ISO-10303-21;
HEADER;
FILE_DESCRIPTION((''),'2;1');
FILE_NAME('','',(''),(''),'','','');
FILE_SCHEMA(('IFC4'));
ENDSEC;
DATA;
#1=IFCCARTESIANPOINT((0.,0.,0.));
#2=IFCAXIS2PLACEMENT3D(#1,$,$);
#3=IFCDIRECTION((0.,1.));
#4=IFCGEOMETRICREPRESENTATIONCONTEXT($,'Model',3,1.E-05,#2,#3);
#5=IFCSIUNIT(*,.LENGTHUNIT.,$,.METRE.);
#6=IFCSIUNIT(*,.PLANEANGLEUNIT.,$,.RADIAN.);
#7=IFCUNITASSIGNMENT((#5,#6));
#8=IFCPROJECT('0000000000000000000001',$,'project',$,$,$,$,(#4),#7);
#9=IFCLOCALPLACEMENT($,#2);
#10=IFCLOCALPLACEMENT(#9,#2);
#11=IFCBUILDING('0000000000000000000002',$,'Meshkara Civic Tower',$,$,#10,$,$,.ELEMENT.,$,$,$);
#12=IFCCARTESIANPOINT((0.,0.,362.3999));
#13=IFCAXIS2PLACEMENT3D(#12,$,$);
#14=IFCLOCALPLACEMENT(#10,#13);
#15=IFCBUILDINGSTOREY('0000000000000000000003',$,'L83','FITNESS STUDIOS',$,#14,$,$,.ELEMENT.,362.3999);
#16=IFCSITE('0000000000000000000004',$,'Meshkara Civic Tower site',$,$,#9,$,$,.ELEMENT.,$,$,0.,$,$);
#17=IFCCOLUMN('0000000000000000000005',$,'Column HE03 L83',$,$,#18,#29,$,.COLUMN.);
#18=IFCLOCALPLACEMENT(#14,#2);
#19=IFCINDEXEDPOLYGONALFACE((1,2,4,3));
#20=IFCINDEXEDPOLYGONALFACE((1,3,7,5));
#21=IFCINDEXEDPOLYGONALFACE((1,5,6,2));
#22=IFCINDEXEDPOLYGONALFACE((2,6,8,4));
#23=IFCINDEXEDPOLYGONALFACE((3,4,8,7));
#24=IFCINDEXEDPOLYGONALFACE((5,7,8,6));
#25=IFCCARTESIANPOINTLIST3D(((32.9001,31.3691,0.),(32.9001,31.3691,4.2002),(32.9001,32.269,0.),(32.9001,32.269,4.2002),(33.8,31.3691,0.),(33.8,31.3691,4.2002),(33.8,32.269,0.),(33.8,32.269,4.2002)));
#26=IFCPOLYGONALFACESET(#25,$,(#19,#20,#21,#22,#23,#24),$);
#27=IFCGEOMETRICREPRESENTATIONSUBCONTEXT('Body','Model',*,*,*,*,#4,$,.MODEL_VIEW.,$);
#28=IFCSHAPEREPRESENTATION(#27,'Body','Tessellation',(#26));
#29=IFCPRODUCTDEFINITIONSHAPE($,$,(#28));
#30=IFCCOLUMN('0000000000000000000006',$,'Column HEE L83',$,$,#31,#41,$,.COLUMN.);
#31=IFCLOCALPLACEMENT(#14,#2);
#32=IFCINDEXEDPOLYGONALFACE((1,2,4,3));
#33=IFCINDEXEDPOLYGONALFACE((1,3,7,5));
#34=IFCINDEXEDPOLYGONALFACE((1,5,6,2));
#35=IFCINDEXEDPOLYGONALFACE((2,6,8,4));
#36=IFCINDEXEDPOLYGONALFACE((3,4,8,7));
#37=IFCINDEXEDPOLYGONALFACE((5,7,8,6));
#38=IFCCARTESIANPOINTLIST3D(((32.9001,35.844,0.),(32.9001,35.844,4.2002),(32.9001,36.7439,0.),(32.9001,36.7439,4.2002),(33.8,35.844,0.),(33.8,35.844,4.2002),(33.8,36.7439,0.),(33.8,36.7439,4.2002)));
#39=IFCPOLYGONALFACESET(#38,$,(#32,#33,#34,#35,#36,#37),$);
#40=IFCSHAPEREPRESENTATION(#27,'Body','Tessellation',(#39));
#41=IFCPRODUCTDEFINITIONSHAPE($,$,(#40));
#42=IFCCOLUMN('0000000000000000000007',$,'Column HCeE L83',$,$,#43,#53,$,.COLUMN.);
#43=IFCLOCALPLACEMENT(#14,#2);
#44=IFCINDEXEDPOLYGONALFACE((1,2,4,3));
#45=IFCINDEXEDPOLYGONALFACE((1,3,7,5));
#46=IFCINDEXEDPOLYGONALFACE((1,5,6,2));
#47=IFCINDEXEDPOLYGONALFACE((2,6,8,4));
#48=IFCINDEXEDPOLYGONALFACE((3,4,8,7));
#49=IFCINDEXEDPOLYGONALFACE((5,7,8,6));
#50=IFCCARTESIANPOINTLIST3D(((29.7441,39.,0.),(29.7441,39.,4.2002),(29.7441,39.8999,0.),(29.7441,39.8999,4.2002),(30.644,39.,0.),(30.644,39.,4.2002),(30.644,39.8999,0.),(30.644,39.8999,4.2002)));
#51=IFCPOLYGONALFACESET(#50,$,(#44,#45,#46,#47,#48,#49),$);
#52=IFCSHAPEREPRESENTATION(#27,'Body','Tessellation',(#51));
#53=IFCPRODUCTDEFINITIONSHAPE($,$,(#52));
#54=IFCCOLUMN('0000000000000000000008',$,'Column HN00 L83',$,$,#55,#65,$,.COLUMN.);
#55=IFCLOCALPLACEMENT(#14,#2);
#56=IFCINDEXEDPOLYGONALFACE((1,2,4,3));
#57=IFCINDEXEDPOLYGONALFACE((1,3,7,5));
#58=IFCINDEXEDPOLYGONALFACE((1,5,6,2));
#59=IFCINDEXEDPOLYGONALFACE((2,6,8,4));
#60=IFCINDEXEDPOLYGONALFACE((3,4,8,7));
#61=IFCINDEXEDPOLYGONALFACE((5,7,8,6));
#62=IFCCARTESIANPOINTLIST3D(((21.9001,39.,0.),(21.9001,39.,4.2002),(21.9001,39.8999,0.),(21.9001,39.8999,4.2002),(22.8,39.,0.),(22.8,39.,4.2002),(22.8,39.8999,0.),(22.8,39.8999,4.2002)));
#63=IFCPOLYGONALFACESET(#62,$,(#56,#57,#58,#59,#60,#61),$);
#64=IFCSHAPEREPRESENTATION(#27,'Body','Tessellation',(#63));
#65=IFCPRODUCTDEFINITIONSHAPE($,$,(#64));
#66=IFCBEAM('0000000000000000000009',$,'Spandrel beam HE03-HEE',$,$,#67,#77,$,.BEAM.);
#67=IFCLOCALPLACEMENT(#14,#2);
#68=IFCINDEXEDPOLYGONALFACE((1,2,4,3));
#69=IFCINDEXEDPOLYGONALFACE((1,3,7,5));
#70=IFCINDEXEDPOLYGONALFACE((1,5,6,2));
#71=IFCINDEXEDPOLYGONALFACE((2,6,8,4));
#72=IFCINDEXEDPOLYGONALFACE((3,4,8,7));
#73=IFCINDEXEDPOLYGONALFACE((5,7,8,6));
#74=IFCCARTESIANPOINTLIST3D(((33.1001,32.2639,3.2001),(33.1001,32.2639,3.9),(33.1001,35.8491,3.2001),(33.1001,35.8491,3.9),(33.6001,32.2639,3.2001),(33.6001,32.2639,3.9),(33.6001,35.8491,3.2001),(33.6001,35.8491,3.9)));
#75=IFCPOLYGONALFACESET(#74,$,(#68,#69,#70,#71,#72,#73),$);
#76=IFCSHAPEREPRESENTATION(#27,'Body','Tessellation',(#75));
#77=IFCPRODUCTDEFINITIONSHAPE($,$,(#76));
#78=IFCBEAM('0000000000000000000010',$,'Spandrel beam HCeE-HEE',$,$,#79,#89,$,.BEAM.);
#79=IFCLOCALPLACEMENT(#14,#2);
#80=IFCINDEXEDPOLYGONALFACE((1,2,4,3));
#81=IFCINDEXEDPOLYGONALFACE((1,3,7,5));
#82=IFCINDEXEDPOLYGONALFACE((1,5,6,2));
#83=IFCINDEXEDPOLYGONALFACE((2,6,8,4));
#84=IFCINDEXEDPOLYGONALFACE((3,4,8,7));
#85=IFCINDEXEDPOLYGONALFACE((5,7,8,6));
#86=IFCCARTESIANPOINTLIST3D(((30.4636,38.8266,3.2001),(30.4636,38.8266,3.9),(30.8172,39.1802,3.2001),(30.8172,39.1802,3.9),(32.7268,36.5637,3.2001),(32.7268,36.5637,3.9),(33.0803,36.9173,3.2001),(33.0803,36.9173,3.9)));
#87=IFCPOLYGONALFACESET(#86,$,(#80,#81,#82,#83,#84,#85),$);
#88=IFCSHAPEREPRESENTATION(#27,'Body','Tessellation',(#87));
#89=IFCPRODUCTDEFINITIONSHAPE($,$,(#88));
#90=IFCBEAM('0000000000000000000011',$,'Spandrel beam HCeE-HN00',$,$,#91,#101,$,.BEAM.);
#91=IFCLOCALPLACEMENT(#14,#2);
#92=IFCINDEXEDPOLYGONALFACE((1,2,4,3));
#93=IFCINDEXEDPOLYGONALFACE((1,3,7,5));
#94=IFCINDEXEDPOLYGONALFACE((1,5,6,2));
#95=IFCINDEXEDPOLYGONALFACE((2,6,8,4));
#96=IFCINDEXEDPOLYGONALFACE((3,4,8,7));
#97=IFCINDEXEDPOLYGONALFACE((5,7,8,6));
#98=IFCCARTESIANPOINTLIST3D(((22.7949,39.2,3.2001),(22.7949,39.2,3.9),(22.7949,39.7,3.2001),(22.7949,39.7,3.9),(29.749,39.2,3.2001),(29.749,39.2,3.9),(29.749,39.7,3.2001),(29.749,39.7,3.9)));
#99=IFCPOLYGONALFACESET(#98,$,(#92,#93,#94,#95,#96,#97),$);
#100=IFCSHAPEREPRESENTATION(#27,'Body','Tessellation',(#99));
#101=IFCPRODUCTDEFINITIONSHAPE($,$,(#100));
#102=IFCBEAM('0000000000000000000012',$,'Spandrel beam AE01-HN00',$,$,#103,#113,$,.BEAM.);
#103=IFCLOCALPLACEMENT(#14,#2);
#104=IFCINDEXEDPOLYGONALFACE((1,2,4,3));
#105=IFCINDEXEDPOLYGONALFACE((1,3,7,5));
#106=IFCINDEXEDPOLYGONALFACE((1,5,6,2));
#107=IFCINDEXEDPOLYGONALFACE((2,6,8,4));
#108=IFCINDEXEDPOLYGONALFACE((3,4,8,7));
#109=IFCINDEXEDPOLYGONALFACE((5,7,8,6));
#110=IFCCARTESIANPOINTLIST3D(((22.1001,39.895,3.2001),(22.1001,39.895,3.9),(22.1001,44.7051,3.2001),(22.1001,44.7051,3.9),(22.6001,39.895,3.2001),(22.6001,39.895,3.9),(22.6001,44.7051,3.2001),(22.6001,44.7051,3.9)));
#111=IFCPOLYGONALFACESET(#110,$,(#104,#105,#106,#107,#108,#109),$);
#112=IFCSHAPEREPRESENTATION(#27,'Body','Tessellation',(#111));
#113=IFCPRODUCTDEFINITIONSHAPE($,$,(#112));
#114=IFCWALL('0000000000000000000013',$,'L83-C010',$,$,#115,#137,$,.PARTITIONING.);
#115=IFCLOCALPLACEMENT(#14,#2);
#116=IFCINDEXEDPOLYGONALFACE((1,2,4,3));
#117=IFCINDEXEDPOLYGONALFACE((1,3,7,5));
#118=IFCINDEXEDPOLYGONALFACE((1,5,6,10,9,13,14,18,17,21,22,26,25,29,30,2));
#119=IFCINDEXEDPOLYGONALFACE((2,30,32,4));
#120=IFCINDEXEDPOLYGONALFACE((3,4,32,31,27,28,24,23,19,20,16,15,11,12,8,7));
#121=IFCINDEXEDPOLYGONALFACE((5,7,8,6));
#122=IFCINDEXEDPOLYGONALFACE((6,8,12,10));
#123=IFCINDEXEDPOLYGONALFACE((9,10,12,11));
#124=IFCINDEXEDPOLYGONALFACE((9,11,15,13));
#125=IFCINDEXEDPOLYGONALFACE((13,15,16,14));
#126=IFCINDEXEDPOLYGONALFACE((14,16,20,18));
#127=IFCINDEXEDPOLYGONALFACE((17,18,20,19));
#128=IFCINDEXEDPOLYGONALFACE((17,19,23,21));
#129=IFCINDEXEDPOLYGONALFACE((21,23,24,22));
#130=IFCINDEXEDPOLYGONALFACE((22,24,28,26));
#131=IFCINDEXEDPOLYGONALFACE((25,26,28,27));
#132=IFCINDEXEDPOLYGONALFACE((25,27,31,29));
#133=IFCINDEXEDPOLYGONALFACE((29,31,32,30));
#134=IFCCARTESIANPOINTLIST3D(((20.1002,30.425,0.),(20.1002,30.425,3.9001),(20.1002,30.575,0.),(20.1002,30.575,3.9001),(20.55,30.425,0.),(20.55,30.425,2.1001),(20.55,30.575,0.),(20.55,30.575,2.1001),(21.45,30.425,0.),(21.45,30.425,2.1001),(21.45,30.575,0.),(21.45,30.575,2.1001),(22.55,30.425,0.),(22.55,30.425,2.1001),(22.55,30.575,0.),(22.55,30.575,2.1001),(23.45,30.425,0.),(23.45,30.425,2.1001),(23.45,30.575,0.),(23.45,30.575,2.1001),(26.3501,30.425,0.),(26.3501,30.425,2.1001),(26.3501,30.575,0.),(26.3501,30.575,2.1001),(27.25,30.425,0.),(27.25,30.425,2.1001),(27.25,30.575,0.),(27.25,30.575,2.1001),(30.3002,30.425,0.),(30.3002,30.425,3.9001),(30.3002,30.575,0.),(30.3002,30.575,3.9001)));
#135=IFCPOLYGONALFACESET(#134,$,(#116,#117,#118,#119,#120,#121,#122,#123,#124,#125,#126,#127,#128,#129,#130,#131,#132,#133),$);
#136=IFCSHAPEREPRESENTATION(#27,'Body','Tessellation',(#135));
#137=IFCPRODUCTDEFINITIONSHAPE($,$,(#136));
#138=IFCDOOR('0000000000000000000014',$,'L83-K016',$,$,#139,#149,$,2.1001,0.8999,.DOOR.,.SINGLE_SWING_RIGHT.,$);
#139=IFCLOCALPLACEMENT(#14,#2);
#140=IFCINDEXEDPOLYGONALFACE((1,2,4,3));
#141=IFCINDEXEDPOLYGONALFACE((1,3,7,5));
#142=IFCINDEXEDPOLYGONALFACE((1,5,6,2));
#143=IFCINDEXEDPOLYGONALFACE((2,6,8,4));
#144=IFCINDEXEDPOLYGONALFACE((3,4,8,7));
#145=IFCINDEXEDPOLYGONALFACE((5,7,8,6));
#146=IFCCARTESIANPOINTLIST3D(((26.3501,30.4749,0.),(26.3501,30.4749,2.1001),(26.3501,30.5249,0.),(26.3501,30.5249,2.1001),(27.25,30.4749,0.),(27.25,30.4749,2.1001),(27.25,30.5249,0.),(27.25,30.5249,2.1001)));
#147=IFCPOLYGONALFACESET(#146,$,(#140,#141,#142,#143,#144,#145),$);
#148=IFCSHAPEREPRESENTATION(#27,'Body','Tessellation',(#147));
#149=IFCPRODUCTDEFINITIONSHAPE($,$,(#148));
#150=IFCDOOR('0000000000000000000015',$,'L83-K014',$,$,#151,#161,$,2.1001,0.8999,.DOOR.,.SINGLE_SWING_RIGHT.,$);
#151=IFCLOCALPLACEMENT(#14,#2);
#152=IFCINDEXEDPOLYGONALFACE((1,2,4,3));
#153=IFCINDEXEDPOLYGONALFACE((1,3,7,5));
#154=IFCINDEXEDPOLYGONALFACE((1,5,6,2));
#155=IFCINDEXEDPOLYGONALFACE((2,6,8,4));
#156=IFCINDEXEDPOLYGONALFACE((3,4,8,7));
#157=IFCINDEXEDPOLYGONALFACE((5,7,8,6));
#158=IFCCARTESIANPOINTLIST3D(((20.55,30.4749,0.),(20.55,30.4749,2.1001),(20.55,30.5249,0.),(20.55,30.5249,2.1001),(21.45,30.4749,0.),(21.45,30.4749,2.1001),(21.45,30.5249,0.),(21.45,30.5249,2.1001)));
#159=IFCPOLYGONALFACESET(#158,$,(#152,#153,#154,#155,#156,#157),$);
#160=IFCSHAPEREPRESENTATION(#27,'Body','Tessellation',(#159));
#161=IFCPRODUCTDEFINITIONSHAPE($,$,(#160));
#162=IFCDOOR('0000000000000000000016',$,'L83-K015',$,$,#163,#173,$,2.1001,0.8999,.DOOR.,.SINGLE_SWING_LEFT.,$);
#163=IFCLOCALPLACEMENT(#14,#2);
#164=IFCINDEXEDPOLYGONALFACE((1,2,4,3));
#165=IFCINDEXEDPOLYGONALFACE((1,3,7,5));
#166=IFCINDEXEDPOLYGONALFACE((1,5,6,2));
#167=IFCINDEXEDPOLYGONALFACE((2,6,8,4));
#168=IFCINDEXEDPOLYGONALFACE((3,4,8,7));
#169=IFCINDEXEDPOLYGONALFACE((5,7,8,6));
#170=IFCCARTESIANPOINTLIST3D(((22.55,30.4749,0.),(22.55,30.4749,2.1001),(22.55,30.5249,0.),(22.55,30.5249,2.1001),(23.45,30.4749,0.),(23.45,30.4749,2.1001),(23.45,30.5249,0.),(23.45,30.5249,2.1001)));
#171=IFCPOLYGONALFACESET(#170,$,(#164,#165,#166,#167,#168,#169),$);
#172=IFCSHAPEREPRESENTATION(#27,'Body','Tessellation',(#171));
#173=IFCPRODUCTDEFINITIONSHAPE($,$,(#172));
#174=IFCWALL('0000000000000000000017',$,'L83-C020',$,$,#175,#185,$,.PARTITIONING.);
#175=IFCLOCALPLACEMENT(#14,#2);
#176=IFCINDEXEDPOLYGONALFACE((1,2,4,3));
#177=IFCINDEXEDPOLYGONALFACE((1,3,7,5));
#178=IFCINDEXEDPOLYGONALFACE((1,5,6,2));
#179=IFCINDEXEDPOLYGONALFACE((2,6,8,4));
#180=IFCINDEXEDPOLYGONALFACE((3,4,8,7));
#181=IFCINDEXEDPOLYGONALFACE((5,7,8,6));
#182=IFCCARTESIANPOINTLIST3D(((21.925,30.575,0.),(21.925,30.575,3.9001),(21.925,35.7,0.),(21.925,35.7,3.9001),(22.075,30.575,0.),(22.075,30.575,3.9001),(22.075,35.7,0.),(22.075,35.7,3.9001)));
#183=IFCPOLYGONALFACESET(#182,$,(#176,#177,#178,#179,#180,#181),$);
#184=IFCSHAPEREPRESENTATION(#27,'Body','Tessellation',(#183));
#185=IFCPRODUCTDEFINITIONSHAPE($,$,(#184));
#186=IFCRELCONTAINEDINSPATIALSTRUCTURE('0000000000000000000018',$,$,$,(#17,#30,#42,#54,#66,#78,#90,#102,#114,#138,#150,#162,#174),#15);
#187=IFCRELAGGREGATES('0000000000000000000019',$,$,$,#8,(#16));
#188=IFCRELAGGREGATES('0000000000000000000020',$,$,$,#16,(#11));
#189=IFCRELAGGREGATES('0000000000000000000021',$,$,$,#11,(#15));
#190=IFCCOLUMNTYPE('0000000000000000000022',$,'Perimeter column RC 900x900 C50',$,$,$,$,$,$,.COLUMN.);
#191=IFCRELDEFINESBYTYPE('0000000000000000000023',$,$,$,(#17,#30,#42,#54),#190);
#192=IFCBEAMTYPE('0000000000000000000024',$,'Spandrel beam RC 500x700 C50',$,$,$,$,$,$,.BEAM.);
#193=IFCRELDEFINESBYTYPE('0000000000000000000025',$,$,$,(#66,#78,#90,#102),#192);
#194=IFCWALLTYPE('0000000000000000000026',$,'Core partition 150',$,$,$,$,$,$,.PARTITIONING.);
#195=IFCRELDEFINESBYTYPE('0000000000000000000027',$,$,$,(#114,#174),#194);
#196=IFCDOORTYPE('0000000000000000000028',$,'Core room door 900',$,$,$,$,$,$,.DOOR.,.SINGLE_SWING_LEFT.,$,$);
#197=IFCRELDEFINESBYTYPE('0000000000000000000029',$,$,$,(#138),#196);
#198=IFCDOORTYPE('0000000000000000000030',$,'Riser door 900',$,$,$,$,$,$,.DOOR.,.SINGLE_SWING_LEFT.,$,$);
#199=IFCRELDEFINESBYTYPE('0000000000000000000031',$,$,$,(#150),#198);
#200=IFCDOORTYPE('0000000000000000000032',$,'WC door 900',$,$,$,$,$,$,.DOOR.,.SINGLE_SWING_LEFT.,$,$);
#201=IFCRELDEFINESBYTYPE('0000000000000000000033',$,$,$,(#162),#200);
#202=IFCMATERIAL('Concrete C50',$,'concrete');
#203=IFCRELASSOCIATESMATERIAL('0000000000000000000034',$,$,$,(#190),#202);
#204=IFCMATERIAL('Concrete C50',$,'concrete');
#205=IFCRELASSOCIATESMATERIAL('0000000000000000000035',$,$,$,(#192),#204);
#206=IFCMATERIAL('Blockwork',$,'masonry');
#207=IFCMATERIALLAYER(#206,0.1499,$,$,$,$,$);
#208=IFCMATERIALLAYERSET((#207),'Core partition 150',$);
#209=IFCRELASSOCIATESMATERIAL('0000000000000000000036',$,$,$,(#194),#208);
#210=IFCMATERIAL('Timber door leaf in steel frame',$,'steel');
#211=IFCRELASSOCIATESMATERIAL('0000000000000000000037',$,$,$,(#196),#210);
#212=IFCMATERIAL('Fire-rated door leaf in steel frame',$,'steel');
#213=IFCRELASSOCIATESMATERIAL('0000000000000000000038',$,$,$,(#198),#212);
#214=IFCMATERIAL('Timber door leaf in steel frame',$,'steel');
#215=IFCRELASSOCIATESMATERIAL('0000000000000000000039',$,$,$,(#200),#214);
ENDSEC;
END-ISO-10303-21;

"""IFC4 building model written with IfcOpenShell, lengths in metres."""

from ifc_helpers import new_model, si_unit, direction, frame, frame_2d, origin, origin_2d, place, context, subcontext, project, spatial, rectangle, extrude, material, layer, layer_set, material_profile, profile_set, type_object, element, fill, save


model = new_model("IFC4")

# Units and contexts
model_context = context("Model", 3, precision=1e-05, world=origin(), true_north=direction((0.0, 1.0)))
body_context = subcontext(model_context, "Body", "Model", "MODEL_VIEW")
ifc_project = project(units=[si_unit("LENGTHUNIT", "METRE"), si_unit("PLANEANGLEUNIT", "RADIAN")], contexts=[model_context])

# Site, building, storey
site_placement = place(None, origin())
site = spatial("IfcSite", under=ifc_project, at=site_placement, Name="Meshkara Civic Tower site", CompositionType="ELEMENT", RefElevation=0.0)
building_placement = place(site_placement, origin())
building = spatial("IfcBuilding", under=site, at=building_placement, Name="Meshkara Civic Tower", CompositionType="ELEMENT")
storey_placement = place(building_placement, frame((0.0, 0.0, 362.3999)))
storey = spatial("IfcBuildingStorey", under=building, at=storey_placement, Name="L83", Description="FITNESS STUDIOS", CompositionType="ELEMENT", Elevation=362.3999)

# Columns
ifc_material_1 = material(Name="Concrete C50", Category="concrete")
ifc_material_profile_1 = material_profile(ifc_material_1, rectangle(XDim=0.8999, YDim=0.8999, at=origin_2d()))
ifc_profile_set_1 = profile_set([ifc_material_profile_1], Name="Concrete C50")
column_type = type_object("IfcColumnType", Name="Perimeter column RC 900x900 C50", PredefinedType="COLUMN", material=ifc_profile_set_1)
for number, where, z_axis, x_axis, name in (
    (1, (33.3501, 31.8191, 0.0), (0.0, 0.0, 1.0), (1.0, 0.0, 0.0), "Column HE03 L83"),
    (2, (33.3501, 36.2939, 0.0), (0.0, 0.0, 1.0), (1.0, 0.0, 0.0), "Column HEE L83"),
    (3, (30.1941, 39.45, 0.0), (0.0, 0.0, 1.0), (1.0, 0.0, 0.0), "Column HCeE L83"),
    (4, (22.3501, 39.45, 0.0), (0.0, 0.0, 1.0), (1.0, 0.0, 0.0), "Column HN00 L83"),
):
    element("IfcColumn", number, at=place(storey_placement, frame(where, z_axis=z_axis, x_axis=x_axis)), inside=storey, type_object=column_type, Name=name, PredefinedType="COLUMN", context=body_context, shape_type="SweptSolid", body=[
        extrude(rectangle(XDim=0.8999, YDim=0.8999, at=origin_2d()), origin(), (0.0, 0.0, 1.0), 4.2002),
    ])

# Beams
ifc_material_2 = material(Name="Concrete C50", Category="concrete")
ifc_material_profile_2 = material_profile(ifc_material_2, rectangle(XDim=0.5, YDim=0.7, at=origin_2d()))
ifc_profile_set_2 = profile_set([ifc_material_profile_2], Name="Concrete C50")
beam_type = type_object("IfcBeamType", Name="Spandrel beam RC 500x700 C50", PredefinedType="BEAM", material=ifc_profile_set_2)
beam_1_placement = place(storey_placement, frame((33.3501, 32.2639, 3.55), z_axis=(0.0, 1.0, 0.0), x_axis=(-1.0, 0.0, 0.0)))
element("IfcBeam", 5, at=beam_1_placement, inside=storey, type_object=beam_type, Name="Spandrel beam HE03-HEE", PredefinedType="BEAM", context=body_context, shape_type="SweptSolid", body=[
    extrude(rectangle(XDim=0.5, YDim=0.7, at=origin_2d()), origin(), (0.0, 0.0, 1.0), 3.5852),
])
beam_2_placement = place(storey_placement, frame((32.9036, 36.7405, 3.55), z_axis=(-0.707145, 0.707069, 0.0), x_axis=(-0.707069, -0.707145, 0.0)))
element("IfcBeam", 6, at=beam_2_placement, inside=storey, type_object=beam_type, Name="Spandrel beam HCeE-HEE", PredefinedType="BEAM", context=body_context, shape_type="SweptSolid", body=[
    extrude(rectangle(XDim=0.5, YDim=0.7, at=origin_2d()), origin(), (0.0, 0.0, 1.0), 3.2004),
])
beam_3_placement = place(storey_placement, frame((29.749, 39.45, 3.55), z_axis=(-1.0, 0.0, 0.0), x_axis=(0.0, -1.0, 0.0)))
element("IfcBeam", 7, at=beam_3_placement, inside=storey, type_object=beam_type, Name="Spandrel beam HCeE-HN00", PredefinedType="BEAM", context=body_context, shape_type="SweptSolid", body=[
    extrude(rectangle(XDim=0.5, YDim=0.7, at=origin_2d()), origin(), (0.0, 0.0, 1.0), 6.9541),
])
beam_4_placement = place(storey_placement, frame((22.3501, 39.895, 3.55), z_axis=(0.0, 1.0, 0.0), x_axis=(-1.0, 0.0, 0.0)))
element("IfcBeam", 8, at=beam_4_placement, inside=storey, type_object=beam_type, Name="Spandrel beam AE01-HN00", PredefinedType="BEAM", context=body_context, shape_type="SweptSolid", body=[
    extrude(rectangle(XDim=0.5, YDim=0.7, at=origin_2d()), origin(), (0.0, 0.0, 1.0), 4.8101),
])

# Wall, openings, doors
ifc_material_3 = material(Name="Blockwork", Category="masonry")
ifc_layer_1 = layer(ifc_material_3, 0.1499)
ifc_layer_set_1 = layer_set([ifc_layer_1], Name="Core partition 150")
wall_type_1 = type_object("IfcWallType", Name="Core partition 150", PredefinedType="PARTITIONING", material=ifc_layer_set_1)
wall_1_placement = place(storey_placement, frame((20.1001, 30.5, 0.0), z_axis=(0.0, 0.0, 1.0), x_axis=(1.0, 0.0, 0.0)))
wall_1 = element("IfcWall", 9, at=wall_1_placement, inside=storey, type_object=wall_type_1, Name="L83-C010", PredefinedType="PARTITIONING", context=body_context, shape_type="SweptSolid", body=[
    extrude(rectangle(XDim=10.2, YDim=0.1499, at=frame_2d((5.1001, 0.0))), origin(), (0.0, 0.0, 1.0), 3.9001),
])
opening_1_placement = place(wall_1_placement, frame((0.45, 0.0, 0.0)))
opening_1 = element("IfcOpeningElement", 10, at=opening_1_placement, cuts=wall_1, PredefinedType="OPENING", context=body_context, shape_type="SweptSolid", body=[
    extrude(rectangle(XDim=0.8999, YDim=2.1001, at=frame_2d((0.45, 1.05))), frame((0.0, 0.085, 0.0), z_axis=(0.0, -1.0, 0.0), x_axis=(1.0, 0.0, 0.0)), (0.0, 0.0, 1.0), 0.1699),
])
opening_2_placement = place(wall_1_placement, frame((2.45, 0.0, 0.0)))
opening_2 = element("IfcOpeningElement", 11, at=opening_2_placement, cuts=wall_1, PredefinedType="OPENING", context=body_context, shape_type="SweptSolid", body=[
    extrude(rectangle(XDim=0.8999, YDim=2.1001, at=frame_2d((0.45, 1.05))), frame((0.0, 0.085, 0.0), z_axis=(0.0, -1.0, 0.0), x_axis=(1.0, 0.0, 0.0)), (0.0, 0.0, 1.0), 0.1699),
])
opening_3_placement = place(wall_1_placement, frame((6.25, 0.0, 0.0)))
opening_3 = element("IfcOpeningElement", 12, at=opening_3_placement, cuts=wall_1, PredefinedType="OPENING", context=body_context, shape_type="SweptSolid", body=[
    extrude(rectangle(XDim=0.8999, YDim=2.1001, at=frame_2d((0.45, 1.05))), frame((0.0, 0.085, 0.0), z_axis=(0.0, -1.0, 0.0), x_axis=(1.0, 0.0, 0.0)), (0.0, 0.0, 1.0), 0.1699),
])
ifc_material_4 = material(Name="Timber door leaf in steel frame", Category="steel")
door_type_1 = type_object("IfcDoorType", Name="Core room door 900", OperationType="SINGLE_SWING_LEFT", PredefinedType="DOOR", material=ifc_material_4)
door_1_placement = place(opening_3_placement, origin())
door_1 = element("IfcDoor", 13, at=door_1_placement, inside=storey, type_object=door_type_1, Name="L83-K016", OperationType="SINGLE_SWING_RIGHT", OverallHeight=2.1001, OverallWidth=0.8999, PredefinedType="DOOR", context=body_context, shape_type="SweptSolid", body=[
    extrude(rectangle(XDim=0.8999, YDim=2.1001, at=frame_2d((0.45, 1.05))), frame((0.0, 0.0249, 0.0), z_axis=(0.0, -1.0, 0.0), x_axis=(1.0, 0.0, 0.0)), (0.0, 0.0, 1.0), 0.05),
])
fill(opening_3, door_1)
ifc_material_5 = material(Name="Fire-rated door leaf in steel frame", Category="steel")
door_type_2 = type_object("IfcDoorType", Name="Riser door 900", OperationType="SINGLE_SWING_LEFT", PredefinedType="DOOR", material=ifc_material_5)
door_2_placement = place(opening_1_placement, origin())
door_2 = element("IfcDoor", 14, at=door_2_placement, inside=storey, type_object=door_type_2, Name="L83-K014", OperationType="SINGLE_SWING_RIGHT", OverallHeight=2.1001, OverallWidth=0.8999, PredefinedType="DOOR", context=body_context, shape_type="SweptSolid", body=[
    extrude(rectangle(XDim=0.8999, YDim=2.1001, at=frame_2d((0.45, 1.05))), frame((0.0, 0.0249, 0.0), z_axis=(0.0, -1.0, 0.0), x_axis=(1.0, 0.0, 0.0)), (0.0, 0.0, 1.0), 0.05),
])
fill(opening_1, door_2)
ifc_material_6 = material(Name="Timber door leaf in steel frame", Category="steel")
door_type_3 = type_object("IfcDoorType", Name="WC door 900", OperationType="SINGLE_SWING_LEFT", PredefinedType="DOOR", material=ifc_material_6)
door_3_placement = place(opening_2_placement, origin())
door_3 = element("IfcDoor", 15, at=door_3_placement, inside=storey, type_object=door_type_3, Name="L83-K015", OperationType="SINGLE_SWING_LEFT", OverallHeight=2.1001, OverallWidth=0.8999, PredefinedType="DOOR", context=body_context, shape_type="SweptSolid", body=[
    extrude(rectangle(XDim=0.8999, YDim=2.1001, at=frame_2d((0.45, 1.05))), frame((0.0, 0.0249, 0.0), z_axis=(0.0, -1.0, 0.0), x_axis=(1.0, 0.0, 0.0)), (0.0, 0.0, 1.0), 0.05),
])
fill(opening_2, door_3)

# Wall
for number, where, z_axis, x_axis, name in (
    (16, (22.0, 30.575, 0.0), (0.0, 0.0, 1.0), (0.0, 1.0, 0.0), "L83-C020"),
):
    element("IfcWall", number, at=place(storey_placement, frame(where, z_axis=z_axis, x_axis=x_axis)), inside=storey, type_object=wall_type_1, Name=name, PredefinedType="PARTITIONING", context=body_context, shape_type="SweptSolid", body=[
        extrude(rectangle(XDim=5.125, YDim=0.1499, at=frame_2d((2.5625, 0.0))), origin(), (0.0, 0.0, 1.0), 3.9001),
    ])

save(model, "model.ifc")
